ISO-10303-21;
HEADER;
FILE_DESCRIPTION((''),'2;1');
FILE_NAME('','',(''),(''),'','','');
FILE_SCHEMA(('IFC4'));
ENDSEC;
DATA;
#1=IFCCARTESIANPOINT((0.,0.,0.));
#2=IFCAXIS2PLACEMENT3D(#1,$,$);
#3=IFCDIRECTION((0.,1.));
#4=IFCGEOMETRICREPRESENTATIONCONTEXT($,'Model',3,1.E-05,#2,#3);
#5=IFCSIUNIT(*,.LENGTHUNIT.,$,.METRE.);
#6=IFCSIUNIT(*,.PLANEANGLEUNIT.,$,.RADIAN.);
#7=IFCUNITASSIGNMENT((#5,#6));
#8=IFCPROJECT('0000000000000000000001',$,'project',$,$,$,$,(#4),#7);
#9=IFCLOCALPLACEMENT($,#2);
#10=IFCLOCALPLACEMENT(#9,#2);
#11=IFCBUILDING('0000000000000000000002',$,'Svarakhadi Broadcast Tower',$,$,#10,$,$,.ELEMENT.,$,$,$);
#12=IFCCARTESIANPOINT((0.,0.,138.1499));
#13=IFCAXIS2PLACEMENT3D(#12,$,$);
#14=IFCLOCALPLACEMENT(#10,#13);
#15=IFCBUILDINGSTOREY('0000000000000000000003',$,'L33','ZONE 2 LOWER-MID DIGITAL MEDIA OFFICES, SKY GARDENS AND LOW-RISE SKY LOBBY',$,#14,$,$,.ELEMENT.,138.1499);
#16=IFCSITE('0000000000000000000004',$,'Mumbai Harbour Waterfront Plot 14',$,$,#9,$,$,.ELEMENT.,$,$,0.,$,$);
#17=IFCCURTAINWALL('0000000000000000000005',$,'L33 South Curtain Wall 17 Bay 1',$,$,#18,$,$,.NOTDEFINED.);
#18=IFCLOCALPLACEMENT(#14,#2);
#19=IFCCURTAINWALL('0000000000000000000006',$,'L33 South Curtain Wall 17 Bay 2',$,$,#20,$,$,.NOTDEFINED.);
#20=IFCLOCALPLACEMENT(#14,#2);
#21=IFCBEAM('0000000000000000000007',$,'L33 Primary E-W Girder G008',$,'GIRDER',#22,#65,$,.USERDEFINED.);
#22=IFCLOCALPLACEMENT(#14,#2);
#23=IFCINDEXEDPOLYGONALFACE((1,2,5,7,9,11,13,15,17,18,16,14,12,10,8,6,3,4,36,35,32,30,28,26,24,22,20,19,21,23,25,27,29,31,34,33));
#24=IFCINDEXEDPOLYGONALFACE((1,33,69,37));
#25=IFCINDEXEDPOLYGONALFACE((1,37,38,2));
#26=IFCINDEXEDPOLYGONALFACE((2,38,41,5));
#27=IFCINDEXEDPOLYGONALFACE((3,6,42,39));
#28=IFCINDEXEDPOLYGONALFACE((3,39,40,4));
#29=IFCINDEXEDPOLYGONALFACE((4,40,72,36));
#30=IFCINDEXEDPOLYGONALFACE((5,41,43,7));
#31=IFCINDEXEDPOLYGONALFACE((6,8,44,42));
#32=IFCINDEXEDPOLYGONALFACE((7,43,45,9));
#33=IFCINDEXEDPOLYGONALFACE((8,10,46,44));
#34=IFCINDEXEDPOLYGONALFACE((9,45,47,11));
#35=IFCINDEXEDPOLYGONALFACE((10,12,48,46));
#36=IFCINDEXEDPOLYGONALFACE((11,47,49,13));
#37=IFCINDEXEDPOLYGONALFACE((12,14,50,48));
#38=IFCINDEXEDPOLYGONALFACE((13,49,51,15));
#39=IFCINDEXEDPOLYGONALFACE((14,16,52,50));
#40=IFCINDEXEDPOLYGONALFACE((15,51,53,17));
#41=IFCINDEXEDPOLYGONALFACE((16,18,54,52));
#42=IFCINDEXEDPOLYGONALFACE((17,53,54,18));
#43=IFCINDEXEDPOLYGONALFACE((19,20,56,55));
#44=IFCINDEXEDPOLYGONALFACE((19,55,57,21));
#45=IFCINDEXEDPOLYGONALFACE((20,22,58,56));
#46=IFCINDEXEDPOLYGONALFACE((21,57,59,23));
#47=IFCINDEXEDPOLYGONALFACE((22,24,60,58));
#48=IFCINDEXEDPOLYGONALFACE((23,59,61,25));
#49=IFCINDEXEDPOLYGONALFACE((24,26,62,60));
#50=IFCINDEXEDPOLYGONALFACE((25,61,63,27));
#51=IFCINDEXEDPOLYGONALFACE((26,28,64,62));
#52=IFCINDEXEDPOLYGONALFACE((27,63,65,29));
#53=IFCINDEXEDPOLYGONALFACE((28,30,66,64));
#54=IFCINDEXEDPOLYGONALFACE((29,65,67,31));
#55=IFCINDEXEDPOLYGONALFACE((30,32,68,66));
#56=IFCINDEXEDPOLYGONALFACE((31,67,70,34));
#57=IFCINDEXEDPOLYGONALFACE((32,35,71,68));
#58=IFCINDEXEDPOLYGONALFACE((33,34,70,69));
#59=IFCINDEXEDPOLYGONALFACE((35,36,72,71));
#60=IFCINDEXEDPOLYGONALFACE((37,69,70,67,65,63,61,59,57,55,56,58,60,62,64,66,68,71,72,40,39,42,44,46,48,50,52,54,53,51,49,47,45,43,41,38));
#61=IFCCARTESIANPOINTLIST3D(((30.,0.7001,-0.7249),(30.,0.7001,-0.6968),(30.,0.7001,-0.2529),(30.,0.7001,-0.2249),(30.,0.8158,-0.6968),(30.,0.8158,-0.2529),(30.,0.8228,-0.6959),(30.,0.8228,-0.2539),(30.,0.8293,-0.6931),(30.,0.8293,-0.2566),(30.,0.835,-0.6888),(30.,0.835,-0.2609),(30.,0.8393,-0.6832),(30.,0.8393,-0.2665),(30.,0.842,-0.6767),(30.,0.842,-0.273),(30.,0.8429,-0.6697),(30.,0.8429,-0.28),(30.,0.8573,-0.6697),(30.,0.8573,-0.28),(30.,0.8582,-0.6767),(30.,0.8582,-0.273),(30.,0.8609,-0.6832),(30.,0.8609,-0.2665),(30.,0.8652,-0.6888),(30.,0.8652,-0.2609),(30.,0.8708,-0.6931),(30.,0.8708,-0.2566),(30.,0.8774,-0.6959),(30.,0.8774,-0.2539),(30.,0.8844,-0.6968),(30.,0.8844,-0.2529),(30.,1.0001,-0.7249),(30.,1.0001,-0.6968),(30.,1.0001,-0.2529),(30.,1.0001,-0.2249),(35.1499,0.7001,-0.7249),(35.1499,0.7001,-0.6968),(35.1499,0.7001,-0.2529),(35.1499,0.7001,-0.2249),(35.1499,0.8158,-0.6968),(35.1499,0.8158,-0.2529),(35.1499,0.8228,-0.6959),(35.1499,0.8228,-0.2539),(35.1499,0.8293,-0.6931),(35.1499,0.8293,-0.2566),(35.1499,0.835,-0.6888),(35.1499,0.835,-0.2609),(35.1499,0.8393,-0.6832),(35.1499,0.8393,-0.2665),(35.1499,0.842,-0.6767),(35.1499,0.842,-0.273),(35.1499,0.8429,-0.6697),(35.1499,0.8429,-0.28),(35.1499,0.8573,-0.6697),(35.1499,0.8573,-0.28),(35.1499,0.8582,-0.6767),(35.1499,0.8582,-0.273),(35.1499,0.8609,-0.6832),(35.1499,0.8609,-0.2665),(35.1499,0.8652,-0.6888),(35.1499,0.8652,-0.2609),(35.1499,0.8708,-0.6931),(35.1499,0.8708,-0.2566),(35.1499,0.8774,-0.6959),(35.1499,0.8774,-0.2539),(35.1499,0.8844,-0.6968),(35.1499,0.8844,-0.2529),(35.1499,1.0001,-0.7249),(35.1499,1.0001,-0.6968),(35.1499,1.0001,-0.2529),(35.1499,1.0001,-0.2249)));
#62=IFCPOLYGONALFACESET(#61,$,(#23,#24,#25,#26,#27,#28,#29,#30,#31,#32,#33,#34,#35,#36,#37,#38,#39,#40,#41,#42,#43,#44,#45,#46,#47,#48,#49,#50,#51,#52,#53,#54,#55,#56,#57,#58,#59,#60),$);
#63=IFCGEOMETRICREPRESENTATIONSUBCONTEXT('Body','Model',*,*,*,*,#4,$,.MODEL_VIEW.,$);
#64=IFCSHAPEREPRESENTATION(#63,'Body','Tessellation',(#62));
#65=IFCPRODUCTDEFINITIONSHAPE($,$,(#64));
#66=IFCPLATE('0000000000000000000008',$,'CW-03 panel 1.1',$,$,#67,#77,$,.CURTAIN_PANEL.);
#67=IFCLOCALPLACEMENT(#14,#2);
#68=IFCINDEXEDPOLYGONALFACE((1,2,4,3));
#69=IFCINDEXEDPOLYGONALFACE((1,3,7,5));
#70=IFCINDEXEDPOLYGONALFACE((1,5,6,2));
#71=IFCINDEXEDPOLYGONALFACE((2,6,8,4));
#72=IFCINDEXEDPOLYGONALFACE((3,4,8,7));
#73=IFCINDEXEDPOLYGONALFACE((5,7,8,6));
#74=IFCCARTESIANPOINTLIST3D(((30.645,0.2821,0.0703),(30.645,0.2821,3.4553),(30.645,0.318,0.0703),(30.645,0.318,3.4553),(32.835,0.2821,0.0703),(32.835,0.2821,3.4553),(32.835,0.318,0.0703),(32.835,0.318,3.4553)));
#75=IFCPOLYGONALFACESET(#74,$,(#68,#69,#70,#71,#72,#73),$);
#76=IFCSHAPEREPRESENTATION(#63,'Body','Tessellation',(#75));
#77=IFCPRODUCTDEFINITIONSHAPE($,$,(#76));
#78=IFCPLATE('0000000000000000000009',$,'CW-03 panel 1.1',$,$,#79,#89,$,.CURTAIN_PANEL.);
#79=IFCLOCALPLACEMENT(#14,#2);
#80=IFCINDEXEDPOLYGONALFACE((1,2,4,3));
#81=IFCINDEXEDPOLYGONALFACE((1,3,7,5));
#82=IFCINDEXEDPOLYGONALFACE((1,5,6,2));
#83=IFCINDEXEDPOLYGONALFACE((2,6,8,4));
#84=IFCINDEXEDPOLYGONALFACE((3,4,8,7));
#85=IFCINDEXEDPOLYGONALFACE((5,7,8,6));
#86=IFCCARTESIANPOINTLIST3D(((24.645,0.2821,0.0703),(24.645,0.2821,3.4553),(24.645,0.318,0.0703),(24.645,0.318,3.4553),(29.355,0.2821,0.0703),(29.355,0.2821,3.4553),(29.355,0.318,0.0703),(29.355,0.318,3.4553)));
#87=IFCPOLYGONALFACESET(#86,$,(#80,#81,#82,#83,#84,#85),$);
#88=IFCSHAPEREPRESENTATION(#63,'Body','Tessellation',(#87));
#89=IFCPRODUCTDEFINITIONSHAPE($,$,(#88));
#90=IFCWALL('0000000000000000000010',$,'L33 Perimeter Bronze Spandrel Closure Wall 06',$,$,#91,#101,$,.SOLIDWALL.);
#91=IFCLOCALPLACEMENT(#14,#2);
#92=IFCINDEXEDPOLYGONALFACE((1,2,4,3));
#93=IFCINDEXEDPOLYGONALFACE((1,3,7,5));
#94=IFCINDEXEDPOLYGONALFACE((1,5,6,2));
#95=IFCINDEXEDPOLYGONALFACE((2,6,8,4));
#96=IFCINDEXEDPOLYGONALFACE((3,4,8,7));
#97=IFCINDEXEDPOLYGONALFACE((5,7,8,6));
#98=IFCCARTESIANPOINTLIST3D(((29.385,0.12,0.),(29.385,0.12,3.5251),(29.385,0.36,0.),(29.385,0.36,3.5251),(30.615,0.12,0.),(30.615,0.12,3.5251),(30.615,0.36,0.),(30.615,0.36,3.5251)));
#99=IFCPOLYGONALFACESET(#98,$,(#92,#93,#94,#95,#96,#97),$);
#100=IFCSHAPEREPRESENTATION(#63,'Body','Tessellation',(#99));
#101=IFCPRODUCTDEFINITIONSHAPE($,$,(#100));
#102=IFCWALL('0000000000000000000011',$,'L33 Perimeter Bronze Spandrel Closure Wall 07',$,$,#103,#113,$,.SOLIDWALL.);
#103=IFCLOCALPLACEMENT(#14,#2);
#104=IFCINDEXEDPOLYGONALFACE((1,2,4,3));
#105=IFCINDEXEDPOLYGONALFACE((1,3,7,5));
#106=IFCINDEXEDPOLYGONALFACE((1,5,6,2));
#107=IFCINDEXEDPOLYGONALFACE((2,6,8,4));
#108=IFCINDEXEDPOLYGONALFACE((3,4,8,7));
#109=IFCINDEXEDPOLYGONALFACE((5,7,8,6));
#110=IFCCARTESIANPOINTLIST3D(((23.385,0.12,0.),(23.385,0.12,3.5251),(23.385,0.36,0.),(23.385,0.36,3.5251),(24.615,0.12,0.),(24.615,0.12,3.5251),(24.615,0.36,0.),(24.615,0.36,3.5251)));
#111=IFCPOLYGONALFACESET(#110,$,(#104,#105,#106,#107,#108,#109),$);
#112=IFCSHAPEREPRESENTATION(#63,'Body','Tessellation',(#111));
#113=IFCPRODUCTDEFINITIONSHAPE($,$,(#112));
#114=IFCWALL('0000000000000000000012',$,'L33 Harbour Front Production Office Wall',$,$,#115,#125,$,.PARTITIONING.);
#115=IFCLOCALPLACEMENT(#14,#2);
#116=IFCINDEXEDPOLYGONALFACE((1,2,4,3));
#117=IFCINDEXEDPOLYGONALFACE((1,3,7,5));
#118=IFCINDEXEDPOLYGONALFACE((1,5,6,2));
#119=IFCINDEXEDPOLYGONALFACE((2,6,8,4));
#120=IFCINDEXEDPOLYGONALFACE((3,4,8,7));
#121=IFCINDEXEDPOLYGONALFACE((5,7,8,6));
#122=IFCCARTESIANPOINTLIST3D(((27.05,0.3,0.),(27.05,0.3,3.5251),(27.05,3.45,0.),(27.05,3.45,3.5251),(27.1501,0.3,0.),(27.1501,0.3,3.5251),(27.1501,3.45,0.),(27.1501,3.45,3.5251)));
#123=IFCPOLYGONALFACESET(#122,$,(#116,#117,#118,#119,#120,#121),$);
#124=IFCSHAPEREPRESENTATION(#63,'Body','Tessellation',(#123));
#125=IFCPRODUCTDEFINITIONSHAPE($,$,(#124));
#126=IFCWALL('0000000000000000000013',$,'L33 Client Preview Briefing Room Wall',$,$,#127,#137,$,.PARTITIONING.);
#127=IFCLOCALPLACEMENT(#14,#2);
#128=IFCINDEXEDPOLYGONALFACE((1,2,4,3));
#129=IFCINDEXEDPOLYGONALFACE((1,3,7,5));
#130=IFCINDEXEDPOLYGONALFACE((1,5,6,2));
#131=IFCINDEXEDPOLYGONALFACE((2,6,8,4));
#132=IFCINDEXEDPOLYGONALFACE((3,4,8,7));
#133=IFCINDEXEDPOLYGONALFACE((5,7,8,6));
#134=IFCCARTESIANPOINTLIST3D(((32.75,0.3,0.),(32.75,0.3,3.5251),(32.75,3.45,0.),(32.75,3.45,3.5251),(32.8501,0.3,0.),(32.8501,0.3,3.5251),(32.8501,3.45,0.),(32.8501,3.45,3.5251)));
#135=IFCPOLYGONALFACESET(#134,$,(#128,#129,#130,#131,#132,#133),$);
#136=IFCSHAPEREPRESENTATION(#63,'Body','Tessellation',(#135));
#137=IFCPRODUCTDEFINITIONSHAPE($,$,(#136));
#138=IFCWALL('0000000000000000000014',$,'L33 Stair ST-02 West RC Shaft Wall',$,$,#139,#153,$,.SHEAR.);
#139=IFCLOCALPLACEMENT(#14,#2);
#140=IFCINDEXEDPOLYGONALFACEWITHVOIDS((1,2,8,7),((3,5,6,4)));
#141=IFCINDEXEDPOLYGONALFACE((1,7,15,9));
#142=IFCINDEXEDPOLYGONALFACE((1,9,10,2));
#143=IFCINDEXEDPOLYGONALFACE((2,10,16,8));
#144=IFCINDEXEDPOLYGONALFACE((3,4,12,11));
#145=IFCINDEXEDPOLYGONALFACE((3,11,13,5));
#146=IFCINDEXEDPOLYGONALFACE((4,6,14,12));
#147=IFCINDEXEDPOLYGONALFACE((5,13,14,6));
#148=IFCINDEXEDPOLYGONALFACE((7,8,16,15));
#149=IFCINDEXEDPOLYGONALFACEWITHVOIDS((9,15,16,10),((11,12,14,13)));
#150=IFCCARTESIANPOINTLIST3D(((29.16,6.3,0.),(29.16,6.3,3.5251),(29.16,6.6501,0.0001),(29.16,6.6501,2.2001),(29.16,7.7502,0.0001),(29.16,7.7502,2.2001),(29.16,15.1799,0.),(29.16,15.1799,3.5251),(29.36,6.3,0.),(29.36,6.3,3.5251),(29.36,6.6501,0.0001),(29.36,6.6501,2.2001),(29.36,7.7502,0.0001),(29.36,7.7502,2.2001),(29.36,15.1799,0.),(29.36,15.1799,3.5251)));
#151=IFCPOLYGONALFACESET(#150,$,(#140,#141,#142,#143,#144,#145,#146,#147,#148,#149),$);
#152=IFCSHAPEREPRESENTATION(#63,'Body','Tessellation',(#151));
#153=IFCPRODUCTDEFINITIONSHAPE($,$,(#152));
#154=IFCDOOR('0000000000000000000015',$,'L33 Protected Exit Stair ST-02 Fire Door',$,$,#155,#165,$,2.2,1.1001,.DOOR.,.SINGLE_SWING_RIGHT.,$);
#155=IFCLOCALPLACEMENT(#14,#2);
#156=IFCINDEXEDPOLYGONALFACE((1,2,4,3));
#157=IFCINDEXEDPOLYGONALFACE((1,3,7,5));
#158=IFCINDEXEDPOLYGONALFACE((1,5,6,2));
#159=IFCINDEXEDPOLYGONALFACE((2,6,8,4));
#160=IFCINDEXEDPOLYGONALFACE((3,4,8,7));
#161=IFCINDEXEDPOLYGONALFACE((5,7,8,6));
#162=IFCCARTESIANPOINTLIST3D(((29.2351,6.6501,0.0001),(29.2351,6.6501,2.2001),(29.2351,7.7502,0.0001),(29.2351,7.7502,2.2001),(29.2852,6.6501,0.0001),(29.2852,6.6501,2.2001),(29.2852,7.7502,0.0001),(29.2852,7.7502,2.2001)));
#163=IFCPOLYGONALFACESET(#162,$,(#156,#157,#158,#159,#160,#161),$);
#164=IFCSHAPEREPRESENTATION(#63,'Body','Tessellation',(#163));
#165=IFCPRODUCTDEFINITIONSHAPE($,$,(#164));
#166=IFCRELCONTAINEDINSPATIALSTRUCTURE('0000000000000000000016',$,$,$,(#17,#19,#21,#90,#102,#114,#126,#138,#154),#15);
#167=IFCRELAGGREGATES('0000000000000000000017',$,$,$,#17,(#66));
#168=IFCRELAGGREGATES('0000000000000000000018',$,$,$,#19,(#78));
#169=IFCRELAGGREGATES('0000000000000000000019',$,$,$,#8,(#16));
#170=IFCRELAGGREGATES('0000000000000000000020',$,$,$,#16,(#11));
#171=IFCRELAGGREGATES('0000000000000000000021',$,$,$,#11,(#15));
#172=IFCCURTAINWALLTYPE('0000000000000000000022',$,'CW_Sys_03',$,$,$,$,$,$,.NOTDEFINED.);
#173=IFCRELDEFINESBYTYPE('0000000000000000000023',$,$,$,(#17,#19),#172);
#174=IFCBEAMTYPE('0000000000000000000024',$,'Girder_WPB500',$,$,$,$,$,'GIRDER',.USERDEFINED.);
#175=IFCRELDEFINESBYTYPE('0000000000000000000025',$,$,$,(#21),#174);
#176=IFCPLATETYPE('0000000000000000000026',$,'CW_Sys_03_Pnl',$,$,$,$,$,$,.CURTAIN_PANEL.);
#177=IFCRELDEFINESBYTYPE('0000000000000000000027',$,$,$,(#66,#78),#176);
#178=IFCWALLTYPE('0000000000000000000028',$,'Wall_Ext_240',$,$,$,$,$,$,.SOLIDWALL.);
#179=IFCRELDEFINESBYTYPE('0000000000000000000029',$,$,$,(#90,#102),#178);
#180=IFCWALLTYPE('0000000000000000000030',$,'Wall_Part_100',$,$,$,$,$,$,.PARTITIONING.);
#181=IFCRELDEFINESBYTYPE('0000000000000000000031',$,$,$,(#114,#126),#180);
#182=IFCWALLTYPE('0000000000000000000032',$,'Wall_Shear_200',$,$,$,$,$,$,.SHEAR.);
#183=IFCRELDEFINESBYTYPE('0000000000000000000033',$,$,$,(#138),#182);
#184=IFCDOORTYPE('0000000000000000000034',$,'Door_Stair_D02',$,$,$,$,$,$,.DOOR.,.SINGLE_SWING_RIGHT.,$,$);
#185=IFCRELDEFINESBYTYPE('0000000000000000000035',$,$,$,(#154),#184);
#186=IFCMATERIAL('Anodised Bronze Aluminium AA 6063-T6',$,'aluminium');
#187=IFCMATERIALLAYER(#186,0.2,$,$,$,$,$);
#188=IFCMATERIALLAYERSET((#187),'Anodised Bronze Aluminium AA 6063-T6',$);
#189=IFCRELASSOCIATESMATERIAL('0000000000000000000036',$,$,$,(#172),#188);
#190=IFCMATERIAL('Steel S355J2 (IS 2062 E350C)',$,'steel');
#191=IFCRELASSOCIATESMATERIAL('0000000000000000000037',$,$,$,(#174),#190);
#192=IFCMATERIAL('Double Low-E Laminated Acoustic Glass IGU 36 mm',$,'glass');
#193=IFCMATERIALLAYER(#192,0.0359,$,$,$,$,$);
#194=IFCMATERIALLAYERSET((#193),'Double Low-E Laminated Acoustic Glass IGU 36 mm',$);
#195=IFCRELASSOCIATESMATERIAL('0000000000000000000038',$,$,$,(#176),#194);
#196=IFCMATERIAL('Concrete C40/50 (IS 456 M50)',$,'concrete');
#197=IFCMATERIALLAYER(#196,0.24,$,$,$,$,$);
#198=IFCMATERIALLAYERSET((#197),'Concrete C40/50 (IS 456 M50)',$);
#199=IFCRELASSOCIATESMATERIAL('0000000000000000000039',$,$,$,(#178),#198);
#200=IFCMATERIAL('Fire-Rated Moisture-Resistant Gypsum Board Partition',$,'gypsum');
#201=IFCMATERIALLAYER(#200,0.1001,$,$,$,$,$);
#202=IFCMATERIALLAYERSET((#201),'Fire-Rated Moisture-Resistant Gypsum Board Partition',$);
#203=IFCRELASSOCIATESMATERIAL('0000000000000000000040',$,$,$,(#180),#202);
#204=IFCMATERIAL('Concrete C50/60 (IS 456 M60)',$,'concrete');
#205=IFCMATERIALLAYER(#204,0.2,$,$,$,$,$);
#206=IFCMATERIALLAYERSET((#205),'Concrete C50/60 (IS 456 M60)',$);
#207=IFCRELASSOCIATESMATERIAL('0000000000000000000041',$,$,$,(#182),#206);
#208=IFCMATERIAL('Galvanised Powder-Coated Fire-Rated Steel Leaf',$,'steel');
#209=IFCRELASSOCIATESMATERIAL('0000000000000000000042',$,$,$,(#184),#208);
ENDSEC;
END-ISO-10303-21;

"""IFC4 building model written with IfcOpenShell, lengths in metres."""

from ifc_helpers import new_model, si_unit, direction, frame, frame_2d, origin, origin_2d, place, context, subcontext, project, spatial, rectangle, i_section, extrude, material, layer, layer_set, material_profile, profile_set, type_object, element, fill, aggregate, save


model = new_model("IFC4")

# Units and contexts
model_context = context("Model", 3, precision=1e-05, world=origin(), true_north=direction((0.0, 1.0)))
body_context = subcontext(model_context, "Body", "Model", "MODEL_VIEW")
ifc_project = project(units=[si_unit("LENGTHUNIT", "METRE"), si_unit("PLANEANGLEUNIT", "RADIAN")], contexts=[model_context])

# Site, building, storey
site_placement = place(None, origin())
site = spatial("IfcSite", under=ifc_project, at=site_placement, Name="Mumbai Harbour Waterfront Plot 14", CompositionType="ELEMENT", RefElevation=0.0)
building_placement = place(site_placement, origin())
building = spatial("IfcBuilding", under=site, at=building_placement, Name="Svarakhadi Broadcast Tower", CompositionType="ELEMENT")
storey_placement = place(building_placement, frame((0.0, 0.0, 138.1499)))
storey = spatial("IfcBuildingStorey", under=building, at=storey_placement, Name="L33", Description="ZONE 2 LOWER-MID DIGITAL MEDIA OFFICES, SKY GARDENS AND LOW-RISE SKY LOBBY", CompositionType="ELEMENT", Elevation=138.1499)

# Shared definitions
ifc_material_1 = material(Name="Concrete C50/60 (IS 456 M60)", Category="concrete")

# Curtain walls
ifc_material_2 = material(Name="Anodised Bronze Aluminium AA 6063-T6", Category="aluminium")
ifc_layer_1 = layer(ifc_material_2, 0.2)
ifc_layer_set_1 = layer_set([ifc_layer_1], Name="Anodised Bronze Aluminium AA 6063-T6")
curtain_wall_type = type_object("IfcCurtainWallType", Name="CW_Sys_03", PredefinedType="NOTDEFINED", material=ifc_layer_set_1)
curtain_wall_1_placement = place(storey_placement, origin())
curtain_wall_1 = element("IfcCurtainWall", 1, at=curtain_wall_1_placement, inside=storey, type_object=curtain_wall_type, Name="L33 South Curtain Wall 17 Bay 1", PredefinedType="NOTDEFINED")
curtain_wall_2_placement = place(storey_placement, origin())
curtain_wall_2 = element("IfcCurtainWall", 2, at=curtain_wall_2_placement, inside=storey, type_object=curtain_wall_type, Name="L33 South Curtain Wall 17 Bay 2", PredefinedType="NOTDEFINED")

# Beam
ifc_material_3 = material(Name="Steel S355J2 (IS 2062 E350C)", Category="steel")
ifc_material_profile_1 = material_profile(ifc_material_3, i_section(OverallWidth=0.3, OverallDepth=0.5, WebThickness=0.0144, FlangeThickness=0.0281, FilletRadius=0.0271, at=origin_2d()), Name="WPB 500x300x187")
ifc_profile_set_1 = profile_set([ifc_material_profile_1], Name="Steel S355J2 (IS 2062 E350C)")
beam_type_1 = type_object("IfcBeamType", Name="Girder_WPB500", ElementType="GIRDER", PredefinedType="USERDEFINED", material=ifc_profile_set_1)
beam_1_placement = place(storey_placement, frame((30.0, 0.8501, -0.4749), z_axis=(1.0, 0.0, 0.0), x_axis=(0.0, 1.0, 0.0)))
element("IfcBeam", 3, at=beam_1_placement, inside=storey, type_object=beam_type_1, Name="L33 Primary E-W Girder G008", ObjectType="GIRDER", PredefinedType="USERDEFINED", context=body_context, shape_type="SweptSolid", body=[
    extrude(i_section(OverallWidth=0.3, OverallDepth=0.5, WebThickness=0.0144, FlangeThickness=0.0281, FilletRadius=0.0271, at=origin_2d()), origin(), (0.0, 0.0, 1.0), 5.1499),
])

# Plates
ifc_material_4 = material(Name="Double Low-E Laminated Acoustic Glass IGU 36 mm", Category="glass")
ifc_layer_2 = layer(ifc_material_4, 0.0359)
ifc_layer_set_2 = layer_set([ifc_layer_2], Name="Double Low-E Laminated Acoustic Glass IGU 36 mm")
plate_type = type_object("IfcPlateType", Name="CW_Sys_03_Pnl", PredefinedType="CURTAIN_PANEL", material=ifc_layer_set_2)
plate_1_placement = place(storey_placement, frame((31.74, 0.3, 0.0703), z_axis=(0.0, 0.0, 1.0), x_axis=(-1.0, 0.0, 0.0)))
plate_1 = element("IfcPlate", 4, at=plate_1_placement, type_object=plate_type, Name="CW-03 panel 1.1", PredefinedType="CURTAIN_PANEL", context=body_context, shape_type="SweptSolid", body=[
    extrude(rectangle(XDim=2.1899, YDim=0.0359, at=origin_2d()), origin(), (0.0, 0.0, 1.0), 3.385),
])
aggregate(curtain_wall_1, [plate_1])
plate_2_placement = place(storey_placement, frame((27.0, 0.3, 0.0703), z_axis=(0.0, 0.0, 1.0), x_axis=(-1.0, 0.0, 0.0)))
plate_2 = element("IfcPlate", 5, at=plate_2_placement, type_object=plate_type, Name="CW-03 panel 1.1", PredefinedType="CURTAIN_PANEL", context=body_context, shape_type="SweptSolid", body=[
    extrude(rectangle(XDim=4.71, YDim=0.0359, at=origin_2d()), origin(), (0.0, 0.0, 1.0), 3.385),
])
aggregate(curtain_wall_2, [plate_2])

# Walls
ifc_material_5 = material(Name="Concrete C40/50 (IS 456 M50)", Category="concrete")
ifc_layer_3 = layer(ifc_material_5, 0.24)
ifc_layer_set_3 = layer_set([ifc_layer_3], Name="Concrete C40/50 (IS 456 M50)")
wall_type_1 = type_object("IfcWallType", Name="Wall_Ext_240", PredefinedType="SOLIDWALL", material=ifc_layer_set_3)
for number, where, z_axis, x_axis, name in (
    (6, (30.615, 0.24, 0.0), (0.0, 0.0, 1.0), (-1.0, 0.0, 0.0), "L33 Perimeter Bronze Spandrel Closure Wall 06"),
    (7, (24.615, 0.24, 0.0), (0.0, 0.0, 1.0), (-1.0, 0.0, 0.0), "L33 Perimeter Bronze Spandrel Closure Wall 07"),
):
    element("IfcWall", number, at=place(storey_placement, frame(where, z_axis=z_axis, x_axis=x_axis)), inside=storey, type_object=wall_type_1, Name=name, PredefinedType="SOLIDWALL", context=body_context, shape_type="SweptSolid", body=[
        extrude(rectangle(XDim=1.23, YDim=0.24, at=frame_2d((0.615, 0.0))), origin(), (0.0, 0.0, 1.0), 3.5251),
    ])
ifc_material_6 = material(Name="Fire-Rated Moisture-Resistant Gypsum Board Partition", Category="gypsum")
ifc_layer_4 = layer(ifc_material_6, 0.1001)
ifc_layer_set_4 = layer_set([ifc_layer_4], Name="Fire-Rated Moisture-Resistant Gypsum Board Partition")
wall_type_2 = type_object("IfcWallType", Name="Wall_Part_100", PredefinedType="PARTITIONING", material=ifc_layer_set_4)
for number, where, z_axis, x_axis, name in (
    (8, (27.1001, 0.3, 0.0), (0.0, 0.0, 1.0), (0.0, 1.0, 0.0), "L33 Harbour Front Production Office Wall"),
    (9, (32.8, 0.3, 0.0), (0.0, 0.0, 1.0), (0.0, 1.0, 0.0), "L33 Client Preview Briefing Room Wall"),
):
    element("IfcWall", number, at=place(storey_placement, frame(where, z_axis=z_axis, x_axis=x_axis)), inside=storey, type_object=wall_type_2, Name=name, PredefinedType="PARTITIONING", context=body_context, shape_type="SweptSolid", body=[
        extrude(rectangle(XDim=3.1499, YDim=0.1001, at=frame_2d((1.575, 0.0))), origin(), (0.0, 0.0, 1.0), 3.5251),
    ])

# Wall, opening, door
ifc_layer_5 = layer(ifc_material_1, 0.2)
ifc_layer_set_5 = layer_set([ifc_layer_5], Name="Concrete C50/60 (IS 456 M60)")
wall_type_3 = type_object("IfcWallType", Name="Wall_Shear_200", PredefinedType="SHEAR", material=ifc_layer_set_5)
wall_1_placement = place(storey_placement, frame((29.26, 6.3, 0.0), z_axis=(0.0, 0.0, 1.0), x_axis=(0.0, 1.0, 0.0)))
wall_1 = element("IfcWall", 10, at=wall_1_placement, inside=storey, type_object=wall_type_3, Name="L33 Stair ST-02 West RC Shaft Wall", PredefinedType="SHEAR", context=body_context, shape_type="SweptSolid", body=[
    extrude(rectangle(XDim=8.8799, YDim=0.2, at=frame_2d((4.4399, 0.0))), origin(), (0.0, 0.0, 1.0), 3.5251),
])
opening_1_placement = place(wall_1_placement, frame((0.3501, 0.0, 0.0)))
opening_1 = element("IfcOpeningElement", 11, at=opening_1_placement, cuts=wall_1, PredefinedType="OPENING", context=body_context, shape_type="SweptSolid", body=[
    extrude(rectangle(XDim=1.1001, YDim=2.2, at=frame_2d((0.55, 1.1001))), frame((0.0, 0.1099, 0.0), z_axis=(0.0, -1.0, 0.0), x_axis=(1.0, 0.0, 0.0)), (0.0, 0.0, 1.0), 0.22),
])
ifc_material_7 = material(Name="Galvanised Powder-Coated Fire-Rated Steel Leaf", Category="steel")
door_type_1 = type_object("IfcDoorType", Name="Door_Stair_D02", OperationType="SINGLE_SWING_RIGHT", PredefinedType="DOOR", material=ifc_material_7)
door_1_placement = place(opening_1_placement, origin())
door_1 = element("IfcDoor", 12, at=door_1_placement, inside=storey, type_object=door_type_1, Name="L33 Protected Exit Stair ST-02 Fire Door", OperationType="SINGLE_SWING_RIGHT", OverallHeight=2.2, OverallWidth=1.1001, PredefinedType="DOOR", context=body_context, shape_type="SweptSolid", body=[
    extrude(rectangle(XDim=1.1001, YDim=2.2, at=frame_2d((0.55, 1.1001))), frame((0.0, 0.0249, 0.0), z_axis=(0.0, -1.0, 0.0), x_axis=(1.0, 0.0, 0.0)), (0.0, 0.0, 1.0), 0.05),
])
fill(opening_1, door_1)

save(model, "model.ifc")
